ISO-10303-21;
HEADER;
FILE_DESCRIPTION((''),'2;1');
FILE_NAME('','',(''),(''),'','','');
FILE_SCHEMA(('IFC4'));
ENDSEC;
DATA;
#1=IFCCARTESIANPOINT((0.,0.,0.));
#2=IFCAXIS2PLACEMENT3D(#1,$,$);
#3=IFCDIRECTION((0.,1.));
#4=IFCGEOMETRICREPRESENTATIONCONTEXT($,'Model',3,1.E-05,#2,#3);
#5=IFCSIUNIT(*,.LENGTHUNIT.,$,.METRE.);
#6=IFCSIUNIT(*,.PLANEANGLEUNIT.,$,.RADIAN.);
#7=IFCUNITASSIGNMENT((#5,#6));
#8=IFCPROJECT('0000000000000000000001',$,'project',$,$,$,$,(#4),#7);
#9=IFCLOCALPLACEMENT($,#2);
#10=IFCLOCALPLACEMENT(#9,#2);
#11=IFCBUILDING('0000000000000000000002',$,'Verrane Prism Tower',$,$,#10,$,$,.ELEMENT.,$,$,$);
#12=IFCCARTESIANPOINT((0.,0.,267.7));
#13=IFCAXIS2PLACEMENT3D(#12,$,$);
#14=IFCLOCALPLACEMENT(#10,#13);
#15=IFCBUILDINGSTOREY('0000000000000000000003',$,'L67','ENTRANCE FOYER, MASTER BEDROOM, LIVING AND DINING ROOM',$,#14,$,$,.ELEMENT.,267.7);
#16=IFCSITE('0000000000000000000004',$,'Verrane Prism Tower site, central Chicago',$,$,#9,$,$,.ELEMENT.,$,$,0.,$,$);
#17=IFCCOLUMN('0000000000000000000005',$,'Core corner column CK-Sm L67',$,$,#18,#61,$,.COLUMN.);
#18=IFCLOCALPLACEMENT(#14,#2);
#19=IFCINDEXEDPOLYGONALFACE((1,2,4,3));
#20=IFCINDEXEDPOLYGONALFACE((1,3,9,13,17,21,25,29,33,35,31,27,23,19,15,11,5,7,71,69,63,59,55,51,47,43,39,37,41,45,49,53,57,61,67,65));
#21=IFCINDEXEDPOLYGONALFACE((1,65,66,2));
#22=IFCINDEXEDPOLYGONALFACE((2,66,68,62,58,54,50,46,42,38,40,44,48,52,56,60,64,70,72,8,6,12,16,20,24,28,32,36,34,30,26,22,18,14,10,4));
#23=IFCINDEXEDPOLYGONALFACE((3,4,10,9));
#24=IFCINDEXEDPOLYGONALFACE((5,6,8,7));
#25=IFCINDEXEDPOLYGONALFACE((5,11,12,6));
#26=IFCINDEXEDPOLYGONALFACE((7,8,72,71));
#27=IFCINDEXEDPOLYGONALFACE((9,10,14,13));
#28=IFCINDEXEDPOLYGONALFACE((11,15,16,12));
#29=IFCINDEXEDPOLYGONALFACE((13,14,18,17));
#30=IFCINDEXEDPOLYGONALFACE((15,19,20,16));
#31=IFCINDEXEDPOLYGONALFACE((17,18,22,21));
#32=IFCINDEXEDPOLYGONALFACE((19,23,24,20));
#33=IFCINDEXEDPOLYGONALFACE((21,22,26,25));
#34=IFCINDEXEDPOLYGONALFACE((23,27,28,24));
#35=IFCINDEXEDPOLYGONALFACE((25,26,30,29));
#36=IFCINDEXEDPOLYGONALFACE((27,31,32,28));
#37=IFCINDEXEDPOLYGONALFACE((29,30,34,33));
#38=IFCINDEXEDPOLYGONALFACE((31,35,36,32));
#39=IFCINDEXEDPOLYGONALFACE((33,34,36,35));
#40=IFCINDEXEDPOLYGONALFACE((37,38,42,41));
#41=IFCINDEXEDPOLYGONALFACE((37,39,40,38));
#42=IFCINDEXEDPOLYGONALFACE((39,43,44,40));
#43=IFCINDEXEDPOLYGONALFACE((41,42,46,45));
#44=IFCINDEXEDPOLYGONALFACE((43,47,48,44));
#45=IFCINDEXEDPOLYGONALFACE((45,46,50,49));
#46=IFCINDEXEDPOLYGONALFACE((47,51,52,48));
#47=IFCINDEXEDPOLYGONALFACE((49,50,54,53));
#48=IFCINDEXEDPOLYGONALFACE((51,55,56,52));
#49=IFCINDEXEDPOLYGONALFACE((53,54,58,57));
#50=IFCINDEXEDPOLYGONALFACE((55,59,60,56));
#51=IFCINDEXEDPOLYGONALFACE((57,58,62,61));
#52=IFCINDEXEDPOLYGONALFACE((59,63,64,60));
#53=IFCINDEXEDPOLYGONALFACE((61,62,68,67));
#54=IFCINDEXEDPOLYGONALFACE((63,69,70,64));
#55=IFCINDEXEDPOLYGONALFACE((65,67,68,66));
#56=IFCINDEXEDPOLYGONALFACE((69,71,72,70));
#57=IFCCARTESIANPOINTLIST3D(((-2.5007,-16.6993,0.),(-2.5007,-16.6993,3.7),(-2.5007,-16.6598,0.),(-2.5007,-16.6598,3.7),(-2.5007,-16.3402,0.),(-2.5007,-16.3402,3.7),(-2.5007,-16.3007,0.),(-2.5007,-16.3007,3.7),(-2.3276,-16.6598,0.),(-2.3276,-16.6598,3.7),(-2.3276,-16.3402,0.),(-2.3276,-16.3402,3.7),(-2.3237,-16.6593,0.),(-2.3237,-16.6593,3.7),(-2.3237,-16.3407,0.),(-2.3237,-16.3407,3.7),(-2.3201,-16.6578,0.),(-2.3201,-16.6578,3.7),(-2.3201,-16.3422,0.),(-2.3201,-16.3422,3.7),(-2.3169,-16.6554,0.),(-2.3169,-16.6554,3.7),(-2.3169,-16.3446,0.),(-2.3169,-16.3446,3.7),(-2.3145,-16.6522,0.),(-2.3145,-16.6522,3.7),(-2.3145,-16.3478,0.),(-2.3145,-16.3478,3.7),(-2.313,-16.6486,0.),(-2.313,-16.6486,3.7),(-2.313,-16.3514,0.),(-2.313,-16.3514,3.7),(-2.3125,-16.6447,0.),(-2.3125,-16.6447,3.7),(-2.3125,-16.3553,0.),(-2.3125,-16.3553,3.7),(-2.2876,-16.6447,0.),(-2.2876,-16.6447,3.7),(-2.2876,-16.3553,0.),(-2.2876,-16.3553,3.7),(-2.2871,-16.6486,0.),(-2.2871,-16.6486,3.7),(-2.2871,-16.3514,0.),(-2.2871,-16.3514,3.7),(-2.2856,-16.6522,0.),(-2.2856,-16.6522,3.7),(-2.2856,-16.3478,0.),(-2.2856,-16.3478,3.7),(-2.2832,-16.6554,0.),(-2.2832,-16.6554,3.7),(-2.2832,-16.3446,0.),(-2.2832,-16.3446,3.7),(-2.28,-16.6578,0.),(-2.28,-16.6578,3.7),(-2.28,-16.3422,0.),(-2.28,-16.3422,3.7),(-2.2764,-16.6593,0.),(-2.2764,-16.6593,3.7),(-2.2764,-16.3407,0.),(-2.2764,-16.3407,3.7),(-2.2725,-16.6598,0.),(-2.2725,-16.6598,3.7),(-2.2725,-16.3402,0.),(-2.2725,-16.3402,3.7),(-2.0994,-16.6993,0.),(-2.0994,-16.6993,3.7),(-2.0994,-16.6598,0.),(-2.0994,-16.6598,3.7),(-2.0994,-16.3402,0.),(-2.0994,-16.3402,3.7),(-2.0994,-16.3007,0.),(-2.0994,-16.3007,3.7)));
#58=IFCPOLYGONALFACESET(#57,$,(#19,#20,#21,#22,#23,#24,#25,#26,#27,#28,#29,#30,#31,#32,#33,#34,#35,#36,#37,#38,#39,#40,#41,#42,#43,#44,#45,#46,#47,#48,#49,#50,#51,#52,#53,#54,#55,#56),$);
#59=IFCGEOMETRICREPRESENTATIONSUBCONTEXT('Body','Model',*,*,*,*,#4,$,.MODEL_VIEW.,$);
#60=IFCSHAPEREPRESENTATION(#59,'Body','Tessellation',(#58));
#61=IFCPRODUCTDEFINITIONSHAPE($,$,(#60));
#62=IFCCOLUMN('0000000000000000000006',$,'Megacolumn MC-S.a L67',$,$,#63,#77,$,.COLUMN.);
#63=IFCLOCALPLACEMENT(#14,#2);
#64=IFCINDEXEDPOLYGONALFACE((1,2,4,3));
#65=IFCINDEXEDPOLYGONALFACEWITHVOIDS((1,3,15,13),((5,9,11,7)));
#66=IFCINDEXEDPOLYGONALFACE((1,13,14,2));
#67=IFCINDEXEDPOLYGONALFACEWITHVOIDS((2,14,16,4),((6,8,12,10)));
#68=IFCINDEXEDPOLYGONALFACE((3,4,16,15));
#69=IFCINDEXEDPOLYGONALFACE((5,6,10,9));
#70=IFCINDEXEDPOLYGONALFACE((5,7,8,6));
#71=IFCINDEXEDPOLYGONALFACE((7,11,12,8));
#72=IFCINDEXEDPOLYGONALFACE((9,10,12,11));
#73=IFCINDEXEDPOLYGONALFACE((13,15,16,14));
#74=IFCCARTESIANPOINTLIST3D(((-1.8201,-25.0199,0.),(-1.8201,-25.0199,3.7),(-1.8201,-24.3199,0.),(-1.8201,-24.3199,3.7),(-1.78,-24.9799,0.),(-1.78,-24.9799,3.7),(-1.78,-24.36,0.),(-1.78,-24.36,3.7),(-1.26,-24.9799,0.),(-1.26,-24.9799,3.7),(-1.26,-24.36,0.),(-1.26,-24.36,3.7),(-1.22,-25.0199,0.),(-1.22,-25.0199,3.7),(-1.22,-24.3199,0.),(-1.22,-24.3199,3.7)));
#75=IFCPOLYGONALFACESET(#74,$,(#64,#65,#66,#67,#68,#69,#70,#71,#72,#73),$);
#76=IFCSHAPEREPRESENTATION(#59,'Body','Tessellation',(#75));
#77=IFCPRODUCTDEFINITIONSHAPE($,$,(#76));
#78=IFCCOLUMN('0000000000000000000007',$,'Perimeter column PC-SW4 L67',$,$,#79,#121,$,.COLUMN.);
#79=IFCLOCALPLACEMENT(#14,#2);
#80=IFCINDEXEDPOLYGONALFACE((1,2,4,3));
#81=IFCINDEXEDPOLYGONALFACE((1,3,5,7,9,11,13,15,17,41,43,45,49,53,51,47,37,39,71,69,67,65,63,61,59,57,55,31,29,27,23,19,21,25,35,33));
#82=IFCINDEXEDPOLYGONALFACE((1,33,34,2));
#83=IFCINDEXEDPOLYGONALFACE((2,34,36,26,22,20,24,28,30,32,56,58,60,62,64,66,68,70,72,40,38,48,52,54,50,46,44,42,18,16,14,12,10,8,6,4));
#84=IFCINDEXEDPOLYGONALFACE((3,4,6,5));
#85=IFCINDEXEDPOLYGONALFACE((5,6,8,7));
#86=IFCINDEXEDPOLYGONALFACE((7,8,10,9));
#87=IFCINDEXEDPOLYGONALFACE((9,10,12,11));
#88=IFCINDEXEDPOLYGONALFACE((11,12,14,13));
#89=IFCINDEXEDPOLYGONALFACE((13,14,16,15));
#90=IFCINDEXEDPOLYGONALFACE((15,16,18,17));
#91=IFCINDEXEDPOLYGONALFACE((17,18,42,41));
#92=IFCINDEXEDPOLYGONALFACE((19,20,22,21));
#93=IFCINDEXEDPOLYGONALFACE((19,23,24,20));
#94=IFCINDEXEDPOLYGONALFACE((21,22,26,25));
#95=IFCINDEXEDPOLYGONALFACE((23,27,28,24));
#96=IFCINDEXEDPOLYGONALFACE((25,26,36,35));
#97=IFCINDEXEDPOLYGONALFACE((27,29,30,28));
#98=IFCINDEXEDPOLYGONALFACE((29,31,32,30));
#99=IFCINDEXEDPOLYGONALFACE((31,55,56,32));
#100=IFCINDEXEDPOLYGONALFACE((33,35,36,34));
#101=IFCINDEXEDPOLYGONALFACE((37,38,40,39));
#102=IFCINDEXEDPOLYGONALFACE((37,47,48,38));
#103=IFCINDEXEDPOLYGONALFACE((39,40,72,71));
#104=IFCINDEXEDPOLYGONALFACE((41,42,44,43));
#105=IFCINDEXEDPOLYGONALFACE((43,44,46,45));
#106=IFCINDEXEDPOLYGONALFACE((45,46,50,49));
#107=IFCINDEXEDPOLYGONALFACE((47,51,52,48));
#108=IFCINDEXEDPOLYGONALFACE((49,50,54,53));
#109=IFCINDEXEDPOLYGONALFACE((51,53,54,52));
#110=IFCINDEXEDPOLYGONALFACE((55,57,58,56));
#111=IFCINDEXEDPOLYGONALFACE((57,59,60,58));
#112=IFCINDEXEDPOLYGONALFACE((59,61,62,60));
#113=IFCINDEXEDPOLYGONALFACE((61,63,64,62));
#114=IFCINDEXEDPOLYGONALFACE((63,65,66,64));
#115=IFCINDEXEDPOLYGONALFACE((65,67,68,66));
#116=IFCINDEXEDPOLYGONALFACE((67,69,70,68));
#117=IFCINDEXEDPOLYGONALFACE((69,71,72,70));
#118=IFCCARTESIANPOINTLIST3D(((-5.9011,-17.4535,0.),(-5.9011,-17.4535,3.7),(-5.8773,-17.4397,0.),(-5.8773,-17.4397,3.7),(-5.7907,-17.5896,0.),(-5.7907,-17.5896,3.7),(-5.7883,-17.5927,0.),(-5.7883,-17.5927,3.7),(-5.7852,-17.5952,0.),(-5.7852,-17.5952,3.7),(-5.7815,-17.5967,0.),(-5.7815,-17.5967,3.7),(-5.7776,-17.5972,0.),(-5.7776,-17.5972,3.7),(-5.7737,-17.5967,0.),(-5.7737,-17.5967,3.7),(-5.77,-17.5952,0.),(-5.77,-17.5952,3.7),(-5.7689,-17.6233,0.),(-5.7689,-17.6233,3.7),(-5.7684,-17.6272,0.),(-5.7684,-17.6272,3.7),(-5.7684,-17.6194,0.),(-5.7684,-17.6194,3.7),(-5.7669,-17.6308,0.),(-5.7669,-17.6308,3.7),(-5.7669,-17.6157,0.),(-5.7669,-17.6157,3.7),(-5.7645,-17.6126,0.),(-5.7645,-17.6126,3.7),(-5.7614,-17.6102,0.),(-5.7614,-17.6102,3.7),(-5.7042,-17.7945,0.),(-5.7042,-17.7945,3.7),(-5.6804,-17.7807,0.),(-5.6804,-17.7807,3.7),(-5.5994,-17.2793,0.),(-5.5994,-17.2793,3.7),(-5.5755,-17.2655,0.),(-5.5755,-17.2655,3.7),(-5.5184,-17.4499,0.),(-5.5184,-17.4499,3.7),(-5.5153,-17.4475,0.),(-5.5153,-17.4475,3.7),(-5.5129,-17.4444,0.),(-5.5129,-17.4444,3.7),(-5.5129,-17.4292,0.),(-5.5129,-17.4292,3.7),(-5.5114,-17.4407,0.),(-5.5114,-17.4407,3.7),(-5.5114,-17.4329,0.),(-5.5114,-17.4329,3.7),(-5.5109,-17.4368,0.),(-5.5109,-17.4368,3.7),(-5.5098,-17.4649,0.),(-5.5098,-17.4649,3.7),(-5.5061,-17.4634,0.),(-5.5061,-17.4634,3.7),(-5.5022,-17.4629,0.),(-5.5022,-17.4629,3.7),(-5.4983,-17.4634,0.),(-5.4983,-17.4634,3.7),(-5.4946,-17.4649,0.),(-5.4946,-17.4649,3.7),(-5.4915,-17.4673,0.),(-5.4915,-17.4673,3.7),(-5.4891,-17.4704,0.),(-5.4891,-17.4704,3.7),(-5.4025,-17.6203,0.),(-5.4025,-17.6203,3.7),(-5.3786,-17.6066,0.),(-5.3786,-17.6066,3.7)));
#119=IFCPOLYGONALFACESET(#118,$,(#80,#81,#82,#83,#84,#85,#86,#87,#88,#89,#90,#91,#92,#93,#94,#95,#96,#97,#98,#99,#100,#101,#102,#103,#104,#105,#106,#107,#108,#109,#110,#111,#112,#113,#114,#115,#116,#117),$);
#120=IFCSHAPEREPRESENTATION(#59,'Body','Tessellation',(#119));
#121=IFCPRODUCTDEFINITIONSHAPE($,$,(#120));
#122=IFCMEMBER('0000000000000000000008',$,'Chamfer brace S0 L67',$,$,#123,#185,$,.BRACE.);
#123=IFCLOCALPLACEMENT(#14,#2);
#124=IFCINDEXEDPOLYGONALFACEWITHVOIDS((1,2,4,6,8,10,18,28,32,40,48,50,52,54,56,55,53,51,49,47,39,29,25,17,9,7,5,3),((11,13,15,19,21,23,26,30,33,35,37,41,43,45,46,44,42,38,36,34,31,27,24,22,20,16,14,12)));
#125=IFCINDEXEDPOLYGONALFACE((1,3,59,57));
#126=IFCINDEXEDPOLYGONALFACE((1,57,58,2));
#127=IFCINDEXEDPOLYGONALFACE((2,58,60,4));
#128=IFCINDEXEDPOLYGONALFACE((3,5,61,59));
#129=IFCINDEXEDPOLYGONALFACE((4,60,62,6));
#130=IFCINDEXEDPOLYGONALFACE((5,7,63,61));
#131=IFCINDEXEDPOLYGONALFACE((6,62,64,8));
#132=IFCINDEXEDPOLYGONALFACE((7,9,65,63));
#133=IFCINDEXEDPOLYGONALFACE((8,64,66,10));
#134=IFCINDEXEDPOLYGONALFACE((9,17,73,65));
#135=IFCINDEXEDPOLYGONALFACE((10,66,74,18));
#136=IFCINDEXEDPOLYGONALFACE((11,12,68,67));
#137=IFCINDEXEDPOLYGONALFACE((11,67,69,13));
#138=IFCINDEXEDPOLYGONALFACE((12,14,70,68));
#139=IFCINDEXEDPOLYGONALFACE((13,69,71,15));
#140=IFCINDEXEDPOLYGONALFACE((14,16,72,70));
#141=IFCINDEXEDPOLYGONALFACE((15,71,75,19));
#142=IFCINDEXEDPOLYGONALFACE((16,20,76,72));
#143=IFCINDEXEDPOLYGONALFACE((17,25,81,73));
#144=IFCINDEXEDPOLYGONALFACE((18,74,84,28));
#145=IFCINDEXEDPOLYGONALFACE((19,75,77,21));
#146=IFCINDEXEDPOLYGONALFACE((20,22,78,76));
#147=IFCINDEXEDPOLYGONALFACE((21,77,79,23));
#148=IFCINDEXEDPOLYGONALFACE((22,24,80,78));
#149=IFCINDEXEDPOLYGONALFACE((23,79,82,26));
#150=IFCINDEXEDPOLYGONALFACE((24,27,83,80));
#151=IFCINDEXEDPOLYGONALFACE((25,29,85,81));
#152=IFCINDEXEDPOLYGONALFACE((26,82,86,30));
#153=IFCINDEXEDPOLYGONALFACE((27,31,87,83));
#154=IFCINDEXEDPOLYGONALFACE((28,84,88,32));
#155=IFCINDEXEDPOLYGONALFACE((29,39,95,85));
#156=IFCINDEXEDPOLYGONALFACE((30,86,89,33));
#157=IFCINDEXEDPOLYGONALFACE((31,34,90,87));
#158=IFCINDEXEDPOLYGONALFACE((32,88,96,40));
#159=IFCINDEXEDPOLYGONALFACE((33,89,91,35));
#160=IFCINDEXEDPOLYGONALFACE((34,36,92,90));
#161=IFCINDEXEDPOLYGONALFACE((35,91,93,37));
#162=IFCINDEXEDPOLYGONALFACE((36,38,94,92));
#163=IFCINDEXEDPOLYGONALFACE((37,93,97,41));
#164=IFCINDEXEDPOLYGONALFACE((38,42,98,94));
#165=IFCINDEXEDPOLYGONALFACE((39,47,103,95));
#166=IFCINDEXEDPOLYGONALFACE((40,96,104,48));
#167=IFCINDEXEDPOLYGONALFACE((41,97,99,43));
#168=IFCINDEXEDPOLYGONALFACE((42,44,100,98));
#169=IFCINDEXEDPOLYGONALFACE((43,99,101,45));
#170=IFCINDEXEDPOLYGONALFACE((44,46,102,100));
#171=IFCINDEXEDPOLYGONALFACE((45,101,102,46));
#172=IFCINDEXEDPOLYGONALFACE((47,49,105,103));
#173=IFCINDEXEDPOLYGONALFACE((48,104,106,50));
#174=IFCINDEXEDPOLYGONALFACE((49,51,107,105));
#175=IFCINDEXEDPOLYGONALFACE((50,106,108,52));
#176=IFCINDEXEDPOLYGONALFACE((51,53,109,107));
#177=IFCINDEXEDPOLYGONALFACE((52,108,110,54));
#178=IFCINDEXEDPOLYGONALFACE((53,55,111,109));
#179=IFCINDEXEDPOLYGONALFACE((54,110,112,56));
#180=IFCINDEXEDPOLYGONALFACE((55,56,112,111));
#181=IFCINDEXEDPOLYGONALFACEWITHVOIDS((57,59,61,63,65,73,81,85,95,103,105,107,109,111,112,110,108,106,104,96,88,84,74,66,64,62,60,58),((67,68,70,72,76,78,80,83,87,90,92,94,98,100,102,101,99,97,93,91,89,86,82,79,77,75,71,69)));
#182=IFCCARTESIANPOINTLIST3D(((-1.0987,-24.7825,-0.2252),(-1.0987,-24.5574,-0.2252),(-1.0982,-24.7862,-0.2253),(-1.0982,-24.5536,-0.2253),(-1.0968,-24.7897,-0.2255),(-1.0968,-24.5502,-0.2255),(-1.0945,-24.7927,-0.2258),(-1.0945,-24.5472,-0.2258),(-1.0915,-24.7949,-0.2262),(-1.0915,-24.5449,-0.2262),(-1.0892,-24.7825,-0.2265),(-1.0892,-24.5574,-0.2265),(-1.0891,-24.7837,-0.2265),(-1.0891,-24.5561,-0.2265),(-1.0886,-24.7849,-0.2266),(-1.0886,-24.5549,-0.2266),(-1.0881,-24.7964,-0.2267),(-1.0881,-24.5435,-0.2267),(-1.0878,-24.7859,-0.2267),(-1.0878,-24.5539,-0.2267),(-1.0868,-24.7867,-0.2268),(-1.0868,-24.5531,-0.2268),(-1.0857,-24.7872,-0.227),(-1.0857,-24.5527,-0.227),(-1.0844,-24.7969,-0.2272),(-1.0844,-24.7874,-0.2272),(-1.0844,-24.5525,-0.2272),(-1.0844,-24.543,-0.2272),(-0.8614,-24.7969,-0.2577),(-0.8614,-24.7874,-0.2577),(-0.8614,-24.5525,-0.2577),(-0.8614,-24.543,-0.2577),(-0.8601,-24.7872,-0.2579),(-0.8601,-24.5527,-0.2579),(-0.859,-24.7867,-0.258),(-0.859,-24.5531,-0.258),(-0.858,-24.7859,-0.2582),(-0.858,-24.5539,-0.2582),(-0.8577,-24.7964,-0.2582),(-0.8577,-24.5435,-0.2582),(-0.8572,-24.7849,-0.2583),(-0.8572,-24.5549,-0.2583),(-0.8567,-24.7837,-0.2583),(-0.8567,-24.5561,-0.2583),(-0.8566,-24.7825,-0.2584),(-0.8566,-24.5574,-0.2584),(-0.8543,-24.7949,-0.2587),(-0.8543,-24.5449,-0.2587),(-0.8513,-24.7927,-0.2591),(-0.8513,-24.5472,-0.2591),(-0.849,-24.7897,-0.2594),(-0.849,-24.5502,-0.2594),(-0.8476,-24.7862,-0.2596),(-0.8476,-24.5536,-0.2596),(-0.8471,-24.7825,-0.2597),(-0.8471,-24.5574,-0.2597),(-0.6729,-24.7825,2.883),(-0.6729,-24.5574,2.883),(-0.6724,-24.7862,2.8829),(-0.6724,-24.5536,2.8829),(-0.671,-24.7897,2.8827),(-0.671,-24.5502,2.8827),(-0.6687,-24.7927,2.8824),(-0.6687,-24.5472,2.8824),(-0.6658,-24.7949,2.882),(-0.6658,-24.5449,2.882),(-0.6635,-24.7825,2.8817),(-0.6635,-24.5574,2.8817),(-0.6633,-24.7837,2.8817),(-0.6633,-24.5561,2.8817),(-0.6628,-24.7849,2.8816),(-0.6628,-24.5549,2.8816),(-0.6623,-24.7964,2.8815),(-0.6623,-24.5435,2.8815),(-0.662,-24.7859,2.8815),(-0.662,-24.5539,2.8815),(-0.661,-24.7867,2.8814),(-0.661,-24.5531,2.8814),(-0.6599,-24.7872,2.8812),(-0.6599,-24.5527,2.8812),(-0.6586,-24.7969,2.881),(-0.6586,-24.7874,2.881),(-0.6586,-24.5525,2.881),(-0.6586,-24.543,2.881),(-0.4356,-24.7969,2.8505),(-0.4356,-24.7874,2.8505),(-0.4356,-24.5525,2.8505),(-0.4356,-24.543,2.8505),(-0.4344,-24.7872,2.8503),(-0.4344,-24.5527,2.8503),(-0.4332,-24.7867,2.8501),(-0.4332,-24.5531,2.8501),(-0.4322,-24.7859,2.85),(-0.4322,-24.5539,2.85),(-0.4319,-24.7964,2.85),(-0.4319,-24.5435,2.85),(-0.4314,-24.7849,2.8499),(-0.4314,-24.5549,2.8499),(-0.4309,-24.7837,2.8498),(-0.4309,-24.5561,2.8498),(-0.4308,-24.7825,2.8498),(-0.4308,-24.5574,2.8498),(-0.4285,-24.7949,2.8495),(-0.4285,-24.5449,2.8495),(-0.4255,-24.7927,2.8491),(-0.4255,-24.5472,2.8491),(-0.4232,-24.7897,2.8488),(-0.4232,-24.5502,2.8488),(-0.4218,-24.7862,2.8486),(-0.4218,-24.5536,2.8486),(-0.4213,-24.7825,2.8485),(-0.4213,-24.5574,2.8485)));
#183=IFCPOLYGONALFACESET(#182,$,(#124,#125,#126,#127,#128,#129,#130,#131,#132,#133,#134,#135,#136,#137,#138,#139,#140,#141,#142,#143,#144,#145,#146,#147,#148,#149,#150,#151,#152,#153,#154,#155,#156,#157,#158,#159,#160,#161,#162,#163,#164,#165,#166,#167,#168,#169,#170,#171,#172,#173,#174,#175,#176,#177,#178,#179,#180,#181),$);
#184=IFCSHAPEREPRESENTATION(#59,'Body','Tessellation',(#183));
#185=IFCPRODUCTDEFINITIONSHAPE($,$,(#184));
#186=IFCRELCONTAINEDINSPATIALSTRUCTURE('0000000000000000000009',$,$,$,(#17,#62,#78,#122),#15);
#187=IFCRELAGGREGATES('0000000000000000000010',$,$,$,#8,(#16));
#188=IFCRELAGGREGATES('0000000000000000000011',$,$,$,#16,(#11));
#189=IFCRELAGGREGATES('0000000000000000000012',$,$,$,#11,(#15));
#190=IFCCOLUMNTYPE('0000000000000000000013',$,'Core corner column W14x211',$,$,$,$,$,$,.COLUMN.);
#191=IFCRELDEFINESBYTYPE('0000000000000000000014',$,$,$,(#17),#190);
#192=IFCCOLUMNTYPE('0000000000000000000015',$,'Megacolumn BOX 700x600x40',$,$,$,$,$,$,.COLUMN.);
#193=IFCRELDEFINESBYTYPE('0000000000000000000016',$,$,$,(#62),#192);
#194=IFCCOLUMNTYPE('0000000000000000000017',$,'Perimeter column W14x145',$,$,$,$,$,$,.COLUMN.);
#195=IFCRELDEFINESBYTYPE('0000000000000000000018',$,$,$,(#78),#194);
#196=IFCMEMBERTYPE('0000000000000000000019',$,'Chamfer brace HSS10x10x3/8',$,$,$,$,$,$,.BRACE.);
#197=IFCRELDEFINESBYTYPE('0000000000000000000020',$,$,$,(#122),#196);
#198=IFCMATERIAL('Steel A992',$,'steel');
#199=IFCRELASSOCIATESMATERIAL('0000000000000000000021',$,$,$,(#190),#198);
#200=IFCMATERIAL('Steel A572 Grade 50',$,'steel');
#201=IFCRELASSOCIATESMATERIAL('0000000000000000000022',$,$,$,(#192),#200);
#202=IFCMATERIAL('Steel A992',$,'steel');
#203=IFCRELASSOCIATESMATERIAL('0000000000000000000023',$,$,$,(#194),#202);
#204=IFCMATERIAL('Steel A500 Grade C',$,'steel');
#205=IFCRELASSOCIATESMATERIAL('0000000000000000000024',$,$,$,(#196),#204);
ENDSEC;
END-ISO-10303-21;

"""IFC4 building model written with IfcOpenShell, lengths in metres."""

from ifc_helpers import new_model, si_unit, direction, frame, origin, origin_2d, place, context, subcontext, project, spatial, hollow_rectangle, i_section, extrude, material, material_profile, profile_set, type_object, element, save


model = new_model("IFC4")

# Units and contexts
model_context = context("Model", 3, precision=1e-05, world=origin(), true_north=direction((0.0, 1.0)))
body_context = subcontext(model_context, "Body", "Model", "MODEL_VIEW")
ifc_project = project(units=[si_unit("LENGTHUNIT", "METRE"), si_unit("PLANEANGLEUNIT", "RADIAN")], contexts=[model_context])

# Site, building, storey
site_placement = place(None, origin())
site = spatial("IfcSite", under=ifc_project, at=site_placement, Name="Verrane Prism Tower site, central Chicago", CompositionType="ELEMENT", RefElevation=0.0)
building_placement = place(site_placement, origin())
building = spatial("IfcBuilding", under=site, at=building_placement, Name="Verrane Prism Tower", CompositionType="ELEMENT")
storey_placement = place(building_placement, frame((0.0, 0.0, 267.7)))
storey = spatial("IfcBuildingStorey", under=building, at=storey_placement, Name="L67", Description="ENTRANCE FOYER, MASTER BEDROOM, LIVING AND DINING ROOM", CompositionType="ELEMENT", Elevation=267.7)

# Columns
ifc_material_1 = material(Name="Steel A992", Category="steel")
ifc_material_profile_1 = material_profile(ifc_material_1, i_section(OverallWidth=0.4014, OverallDepth=0.3987, WebThickness=0.0249, FlangeThickness=0.0396, FilletRadius=0.0151, at=origin_2d()), Name="W14x211")
ifc_profile_set_1 = profile_set([ifc_material_profile_1], Name="Steel A992")
column_type_1 = type_object("IfcColumnType", Name="Core corner column W14x211", PredefinedType="COLUMN", material=ifc_profile_set_1)
column_1_placement = place(storey_placement, frame((-2.3, -16.5, 0.0), z_axis=(0.0, 0.0, 1.0), x_axis=(-1.0, 0.0, 0.0)))
element("IfcColumn", 1, at=column_1_placement, inside=storey, type_object=column_type_1, Name="Core corner column CK-Sm L67", PredefinedType="COLUMN", context=body_context, shape_type="SweptSolid", body=[
    extrude(i_section(OverallWidth=0.4014, OverallDepth=0.3987, WebThickness=0.0249, FlangeThickness=0.0396, FilletRadius=0.0151, at=origin_2d()), origin(), (0.0, 0.0, 1.0), 3.7),
])
ifc_material_2 = material(Name="Steel A572 Grade 50", Category="steel")
ifc_material_profile_2 = material_profile(ifc_material_2, hollow_rectangle(XDim=0.6001, YDim=0.7, WallThickness=0.04, at=origin_2d()), Name="BOX 700x600x40")
ifc_profile_set_2 = profile_set([ifc_material_profile_2], Name="Steel A572 Grade 50")
column_type_2 = type_object("IfcColumnType", Name="Megacolumn BOX 700x600x40", PredefinedType="COLUMN", material=ifc_profile_set_2)
column_2_placement = place(storey_placement, frame((-1.52, -24.6699, 0.0), z_axis=(0.0, 0.0, 1.0), x_axis=(-1.0, 0.0, 0.0)))
element("IfcColumn", 2, at=column_2_placement, inside=storey, type_object=column_type_2, Name="Megacolumn MC-S.a L67", PredefinedType="COLUMN", context=body_context, shape_type="SweptSolid", body=[
    extrude(hollow_rectangle(XDim=0.6001, YDim=0.7, WallThickness=0.04, at=origin_2d()), origin(), (0.0, 0.0, 1.0), 3.7),
])
ifc_material_3 = material(Name="Steel A992", Category="steel")
ifc_material_profile_3 = material_profile(ifc_material_3, i_section(OverallWidth=0.3938, OverallDepth=0.376, WebThickness=0.0173, FlangeThickness=0.0276, FilletRadius=0.0151, at=origin_2d()), Name="W14x145")
ifc_profile_set_3 = profile_set([ifc_material_profile_3], Name="Steel A992")
column_type_3 = type_object("IfcColumnType", Name="Perimeter column W14x145", PredefinedType="COLUMN", material=ifc_profile_set_3)
column_3_placement = place(storey_placement, frame((-5.6399, -17.53, 0.0), z_axis=(0.0, 0.0, 1.0), x_axis=(-0.5, 0.866025, 0.0)))
element("IfcColumn", 3, at=column_3_placement, inside=storey, type_object=column_type_3, Name="Perimeter column PC-SW4 L67", PredefinedType="COLUMN", context=body_context, shape_type="SweptSolid", body=[
    extrude(i_section(OverallWidth=0.3938, OverallDepth=0.376, WebThickness=0.0173, FlangeThickness=0.0276, FilletRadius=0.0151, at=origin_2d()), origin(), (0.0, 0.0, 1.0), 3.7),
])

# Member
ifc_material_4 = material(Name="Steel A500 Grade C", Category="steel")
ifc_material_profile_4 = material_profile(ifc_material_4, hollow_rectangle(XDim=0.2539, YDim=0.2539, WallThickness=0.0095, InnerFilletRadius=0.0049, OuterFilletRadius=0.0144, at=origin_2d()), Name="HSS10x10x3/8")
ifc_profile_set_4 = profile_set([ifc_material_profile_4], Name="Steel A500 Grade C")
member_type_1 = type_object("IfcMemberType", Name="Chamfer brace HSS10x10x3/8", PredefinedType="BRACE", material=ifc_profile_set_4)
member_1_placement = place(storey_placement, frame((-0.9729, -24.6699, -0.2424), z_axis=(0.135721, 0.0, 0.990747), x_axis=(0.0, 1.0, 0.0)))
element("IfcMember", 4, at=member_1_placement, inside=storey, type_object=member_type_1, Name="Chamfer brace S0 L67", PredefinedType="BRACE", context=body_context, shape_type="SweptSolid", body=[
    extrude(hollow_rectangle(XDim=0.2539, YDim=0.2539, WallThickness=0.0095, InnerFilletRadius=0.0049, OuterFilletRadius=0.0144, at=origin_2d()), origin(), (0.0, 0.0, 1.0), 3.1372),
])

save(model, "model.ifc")
